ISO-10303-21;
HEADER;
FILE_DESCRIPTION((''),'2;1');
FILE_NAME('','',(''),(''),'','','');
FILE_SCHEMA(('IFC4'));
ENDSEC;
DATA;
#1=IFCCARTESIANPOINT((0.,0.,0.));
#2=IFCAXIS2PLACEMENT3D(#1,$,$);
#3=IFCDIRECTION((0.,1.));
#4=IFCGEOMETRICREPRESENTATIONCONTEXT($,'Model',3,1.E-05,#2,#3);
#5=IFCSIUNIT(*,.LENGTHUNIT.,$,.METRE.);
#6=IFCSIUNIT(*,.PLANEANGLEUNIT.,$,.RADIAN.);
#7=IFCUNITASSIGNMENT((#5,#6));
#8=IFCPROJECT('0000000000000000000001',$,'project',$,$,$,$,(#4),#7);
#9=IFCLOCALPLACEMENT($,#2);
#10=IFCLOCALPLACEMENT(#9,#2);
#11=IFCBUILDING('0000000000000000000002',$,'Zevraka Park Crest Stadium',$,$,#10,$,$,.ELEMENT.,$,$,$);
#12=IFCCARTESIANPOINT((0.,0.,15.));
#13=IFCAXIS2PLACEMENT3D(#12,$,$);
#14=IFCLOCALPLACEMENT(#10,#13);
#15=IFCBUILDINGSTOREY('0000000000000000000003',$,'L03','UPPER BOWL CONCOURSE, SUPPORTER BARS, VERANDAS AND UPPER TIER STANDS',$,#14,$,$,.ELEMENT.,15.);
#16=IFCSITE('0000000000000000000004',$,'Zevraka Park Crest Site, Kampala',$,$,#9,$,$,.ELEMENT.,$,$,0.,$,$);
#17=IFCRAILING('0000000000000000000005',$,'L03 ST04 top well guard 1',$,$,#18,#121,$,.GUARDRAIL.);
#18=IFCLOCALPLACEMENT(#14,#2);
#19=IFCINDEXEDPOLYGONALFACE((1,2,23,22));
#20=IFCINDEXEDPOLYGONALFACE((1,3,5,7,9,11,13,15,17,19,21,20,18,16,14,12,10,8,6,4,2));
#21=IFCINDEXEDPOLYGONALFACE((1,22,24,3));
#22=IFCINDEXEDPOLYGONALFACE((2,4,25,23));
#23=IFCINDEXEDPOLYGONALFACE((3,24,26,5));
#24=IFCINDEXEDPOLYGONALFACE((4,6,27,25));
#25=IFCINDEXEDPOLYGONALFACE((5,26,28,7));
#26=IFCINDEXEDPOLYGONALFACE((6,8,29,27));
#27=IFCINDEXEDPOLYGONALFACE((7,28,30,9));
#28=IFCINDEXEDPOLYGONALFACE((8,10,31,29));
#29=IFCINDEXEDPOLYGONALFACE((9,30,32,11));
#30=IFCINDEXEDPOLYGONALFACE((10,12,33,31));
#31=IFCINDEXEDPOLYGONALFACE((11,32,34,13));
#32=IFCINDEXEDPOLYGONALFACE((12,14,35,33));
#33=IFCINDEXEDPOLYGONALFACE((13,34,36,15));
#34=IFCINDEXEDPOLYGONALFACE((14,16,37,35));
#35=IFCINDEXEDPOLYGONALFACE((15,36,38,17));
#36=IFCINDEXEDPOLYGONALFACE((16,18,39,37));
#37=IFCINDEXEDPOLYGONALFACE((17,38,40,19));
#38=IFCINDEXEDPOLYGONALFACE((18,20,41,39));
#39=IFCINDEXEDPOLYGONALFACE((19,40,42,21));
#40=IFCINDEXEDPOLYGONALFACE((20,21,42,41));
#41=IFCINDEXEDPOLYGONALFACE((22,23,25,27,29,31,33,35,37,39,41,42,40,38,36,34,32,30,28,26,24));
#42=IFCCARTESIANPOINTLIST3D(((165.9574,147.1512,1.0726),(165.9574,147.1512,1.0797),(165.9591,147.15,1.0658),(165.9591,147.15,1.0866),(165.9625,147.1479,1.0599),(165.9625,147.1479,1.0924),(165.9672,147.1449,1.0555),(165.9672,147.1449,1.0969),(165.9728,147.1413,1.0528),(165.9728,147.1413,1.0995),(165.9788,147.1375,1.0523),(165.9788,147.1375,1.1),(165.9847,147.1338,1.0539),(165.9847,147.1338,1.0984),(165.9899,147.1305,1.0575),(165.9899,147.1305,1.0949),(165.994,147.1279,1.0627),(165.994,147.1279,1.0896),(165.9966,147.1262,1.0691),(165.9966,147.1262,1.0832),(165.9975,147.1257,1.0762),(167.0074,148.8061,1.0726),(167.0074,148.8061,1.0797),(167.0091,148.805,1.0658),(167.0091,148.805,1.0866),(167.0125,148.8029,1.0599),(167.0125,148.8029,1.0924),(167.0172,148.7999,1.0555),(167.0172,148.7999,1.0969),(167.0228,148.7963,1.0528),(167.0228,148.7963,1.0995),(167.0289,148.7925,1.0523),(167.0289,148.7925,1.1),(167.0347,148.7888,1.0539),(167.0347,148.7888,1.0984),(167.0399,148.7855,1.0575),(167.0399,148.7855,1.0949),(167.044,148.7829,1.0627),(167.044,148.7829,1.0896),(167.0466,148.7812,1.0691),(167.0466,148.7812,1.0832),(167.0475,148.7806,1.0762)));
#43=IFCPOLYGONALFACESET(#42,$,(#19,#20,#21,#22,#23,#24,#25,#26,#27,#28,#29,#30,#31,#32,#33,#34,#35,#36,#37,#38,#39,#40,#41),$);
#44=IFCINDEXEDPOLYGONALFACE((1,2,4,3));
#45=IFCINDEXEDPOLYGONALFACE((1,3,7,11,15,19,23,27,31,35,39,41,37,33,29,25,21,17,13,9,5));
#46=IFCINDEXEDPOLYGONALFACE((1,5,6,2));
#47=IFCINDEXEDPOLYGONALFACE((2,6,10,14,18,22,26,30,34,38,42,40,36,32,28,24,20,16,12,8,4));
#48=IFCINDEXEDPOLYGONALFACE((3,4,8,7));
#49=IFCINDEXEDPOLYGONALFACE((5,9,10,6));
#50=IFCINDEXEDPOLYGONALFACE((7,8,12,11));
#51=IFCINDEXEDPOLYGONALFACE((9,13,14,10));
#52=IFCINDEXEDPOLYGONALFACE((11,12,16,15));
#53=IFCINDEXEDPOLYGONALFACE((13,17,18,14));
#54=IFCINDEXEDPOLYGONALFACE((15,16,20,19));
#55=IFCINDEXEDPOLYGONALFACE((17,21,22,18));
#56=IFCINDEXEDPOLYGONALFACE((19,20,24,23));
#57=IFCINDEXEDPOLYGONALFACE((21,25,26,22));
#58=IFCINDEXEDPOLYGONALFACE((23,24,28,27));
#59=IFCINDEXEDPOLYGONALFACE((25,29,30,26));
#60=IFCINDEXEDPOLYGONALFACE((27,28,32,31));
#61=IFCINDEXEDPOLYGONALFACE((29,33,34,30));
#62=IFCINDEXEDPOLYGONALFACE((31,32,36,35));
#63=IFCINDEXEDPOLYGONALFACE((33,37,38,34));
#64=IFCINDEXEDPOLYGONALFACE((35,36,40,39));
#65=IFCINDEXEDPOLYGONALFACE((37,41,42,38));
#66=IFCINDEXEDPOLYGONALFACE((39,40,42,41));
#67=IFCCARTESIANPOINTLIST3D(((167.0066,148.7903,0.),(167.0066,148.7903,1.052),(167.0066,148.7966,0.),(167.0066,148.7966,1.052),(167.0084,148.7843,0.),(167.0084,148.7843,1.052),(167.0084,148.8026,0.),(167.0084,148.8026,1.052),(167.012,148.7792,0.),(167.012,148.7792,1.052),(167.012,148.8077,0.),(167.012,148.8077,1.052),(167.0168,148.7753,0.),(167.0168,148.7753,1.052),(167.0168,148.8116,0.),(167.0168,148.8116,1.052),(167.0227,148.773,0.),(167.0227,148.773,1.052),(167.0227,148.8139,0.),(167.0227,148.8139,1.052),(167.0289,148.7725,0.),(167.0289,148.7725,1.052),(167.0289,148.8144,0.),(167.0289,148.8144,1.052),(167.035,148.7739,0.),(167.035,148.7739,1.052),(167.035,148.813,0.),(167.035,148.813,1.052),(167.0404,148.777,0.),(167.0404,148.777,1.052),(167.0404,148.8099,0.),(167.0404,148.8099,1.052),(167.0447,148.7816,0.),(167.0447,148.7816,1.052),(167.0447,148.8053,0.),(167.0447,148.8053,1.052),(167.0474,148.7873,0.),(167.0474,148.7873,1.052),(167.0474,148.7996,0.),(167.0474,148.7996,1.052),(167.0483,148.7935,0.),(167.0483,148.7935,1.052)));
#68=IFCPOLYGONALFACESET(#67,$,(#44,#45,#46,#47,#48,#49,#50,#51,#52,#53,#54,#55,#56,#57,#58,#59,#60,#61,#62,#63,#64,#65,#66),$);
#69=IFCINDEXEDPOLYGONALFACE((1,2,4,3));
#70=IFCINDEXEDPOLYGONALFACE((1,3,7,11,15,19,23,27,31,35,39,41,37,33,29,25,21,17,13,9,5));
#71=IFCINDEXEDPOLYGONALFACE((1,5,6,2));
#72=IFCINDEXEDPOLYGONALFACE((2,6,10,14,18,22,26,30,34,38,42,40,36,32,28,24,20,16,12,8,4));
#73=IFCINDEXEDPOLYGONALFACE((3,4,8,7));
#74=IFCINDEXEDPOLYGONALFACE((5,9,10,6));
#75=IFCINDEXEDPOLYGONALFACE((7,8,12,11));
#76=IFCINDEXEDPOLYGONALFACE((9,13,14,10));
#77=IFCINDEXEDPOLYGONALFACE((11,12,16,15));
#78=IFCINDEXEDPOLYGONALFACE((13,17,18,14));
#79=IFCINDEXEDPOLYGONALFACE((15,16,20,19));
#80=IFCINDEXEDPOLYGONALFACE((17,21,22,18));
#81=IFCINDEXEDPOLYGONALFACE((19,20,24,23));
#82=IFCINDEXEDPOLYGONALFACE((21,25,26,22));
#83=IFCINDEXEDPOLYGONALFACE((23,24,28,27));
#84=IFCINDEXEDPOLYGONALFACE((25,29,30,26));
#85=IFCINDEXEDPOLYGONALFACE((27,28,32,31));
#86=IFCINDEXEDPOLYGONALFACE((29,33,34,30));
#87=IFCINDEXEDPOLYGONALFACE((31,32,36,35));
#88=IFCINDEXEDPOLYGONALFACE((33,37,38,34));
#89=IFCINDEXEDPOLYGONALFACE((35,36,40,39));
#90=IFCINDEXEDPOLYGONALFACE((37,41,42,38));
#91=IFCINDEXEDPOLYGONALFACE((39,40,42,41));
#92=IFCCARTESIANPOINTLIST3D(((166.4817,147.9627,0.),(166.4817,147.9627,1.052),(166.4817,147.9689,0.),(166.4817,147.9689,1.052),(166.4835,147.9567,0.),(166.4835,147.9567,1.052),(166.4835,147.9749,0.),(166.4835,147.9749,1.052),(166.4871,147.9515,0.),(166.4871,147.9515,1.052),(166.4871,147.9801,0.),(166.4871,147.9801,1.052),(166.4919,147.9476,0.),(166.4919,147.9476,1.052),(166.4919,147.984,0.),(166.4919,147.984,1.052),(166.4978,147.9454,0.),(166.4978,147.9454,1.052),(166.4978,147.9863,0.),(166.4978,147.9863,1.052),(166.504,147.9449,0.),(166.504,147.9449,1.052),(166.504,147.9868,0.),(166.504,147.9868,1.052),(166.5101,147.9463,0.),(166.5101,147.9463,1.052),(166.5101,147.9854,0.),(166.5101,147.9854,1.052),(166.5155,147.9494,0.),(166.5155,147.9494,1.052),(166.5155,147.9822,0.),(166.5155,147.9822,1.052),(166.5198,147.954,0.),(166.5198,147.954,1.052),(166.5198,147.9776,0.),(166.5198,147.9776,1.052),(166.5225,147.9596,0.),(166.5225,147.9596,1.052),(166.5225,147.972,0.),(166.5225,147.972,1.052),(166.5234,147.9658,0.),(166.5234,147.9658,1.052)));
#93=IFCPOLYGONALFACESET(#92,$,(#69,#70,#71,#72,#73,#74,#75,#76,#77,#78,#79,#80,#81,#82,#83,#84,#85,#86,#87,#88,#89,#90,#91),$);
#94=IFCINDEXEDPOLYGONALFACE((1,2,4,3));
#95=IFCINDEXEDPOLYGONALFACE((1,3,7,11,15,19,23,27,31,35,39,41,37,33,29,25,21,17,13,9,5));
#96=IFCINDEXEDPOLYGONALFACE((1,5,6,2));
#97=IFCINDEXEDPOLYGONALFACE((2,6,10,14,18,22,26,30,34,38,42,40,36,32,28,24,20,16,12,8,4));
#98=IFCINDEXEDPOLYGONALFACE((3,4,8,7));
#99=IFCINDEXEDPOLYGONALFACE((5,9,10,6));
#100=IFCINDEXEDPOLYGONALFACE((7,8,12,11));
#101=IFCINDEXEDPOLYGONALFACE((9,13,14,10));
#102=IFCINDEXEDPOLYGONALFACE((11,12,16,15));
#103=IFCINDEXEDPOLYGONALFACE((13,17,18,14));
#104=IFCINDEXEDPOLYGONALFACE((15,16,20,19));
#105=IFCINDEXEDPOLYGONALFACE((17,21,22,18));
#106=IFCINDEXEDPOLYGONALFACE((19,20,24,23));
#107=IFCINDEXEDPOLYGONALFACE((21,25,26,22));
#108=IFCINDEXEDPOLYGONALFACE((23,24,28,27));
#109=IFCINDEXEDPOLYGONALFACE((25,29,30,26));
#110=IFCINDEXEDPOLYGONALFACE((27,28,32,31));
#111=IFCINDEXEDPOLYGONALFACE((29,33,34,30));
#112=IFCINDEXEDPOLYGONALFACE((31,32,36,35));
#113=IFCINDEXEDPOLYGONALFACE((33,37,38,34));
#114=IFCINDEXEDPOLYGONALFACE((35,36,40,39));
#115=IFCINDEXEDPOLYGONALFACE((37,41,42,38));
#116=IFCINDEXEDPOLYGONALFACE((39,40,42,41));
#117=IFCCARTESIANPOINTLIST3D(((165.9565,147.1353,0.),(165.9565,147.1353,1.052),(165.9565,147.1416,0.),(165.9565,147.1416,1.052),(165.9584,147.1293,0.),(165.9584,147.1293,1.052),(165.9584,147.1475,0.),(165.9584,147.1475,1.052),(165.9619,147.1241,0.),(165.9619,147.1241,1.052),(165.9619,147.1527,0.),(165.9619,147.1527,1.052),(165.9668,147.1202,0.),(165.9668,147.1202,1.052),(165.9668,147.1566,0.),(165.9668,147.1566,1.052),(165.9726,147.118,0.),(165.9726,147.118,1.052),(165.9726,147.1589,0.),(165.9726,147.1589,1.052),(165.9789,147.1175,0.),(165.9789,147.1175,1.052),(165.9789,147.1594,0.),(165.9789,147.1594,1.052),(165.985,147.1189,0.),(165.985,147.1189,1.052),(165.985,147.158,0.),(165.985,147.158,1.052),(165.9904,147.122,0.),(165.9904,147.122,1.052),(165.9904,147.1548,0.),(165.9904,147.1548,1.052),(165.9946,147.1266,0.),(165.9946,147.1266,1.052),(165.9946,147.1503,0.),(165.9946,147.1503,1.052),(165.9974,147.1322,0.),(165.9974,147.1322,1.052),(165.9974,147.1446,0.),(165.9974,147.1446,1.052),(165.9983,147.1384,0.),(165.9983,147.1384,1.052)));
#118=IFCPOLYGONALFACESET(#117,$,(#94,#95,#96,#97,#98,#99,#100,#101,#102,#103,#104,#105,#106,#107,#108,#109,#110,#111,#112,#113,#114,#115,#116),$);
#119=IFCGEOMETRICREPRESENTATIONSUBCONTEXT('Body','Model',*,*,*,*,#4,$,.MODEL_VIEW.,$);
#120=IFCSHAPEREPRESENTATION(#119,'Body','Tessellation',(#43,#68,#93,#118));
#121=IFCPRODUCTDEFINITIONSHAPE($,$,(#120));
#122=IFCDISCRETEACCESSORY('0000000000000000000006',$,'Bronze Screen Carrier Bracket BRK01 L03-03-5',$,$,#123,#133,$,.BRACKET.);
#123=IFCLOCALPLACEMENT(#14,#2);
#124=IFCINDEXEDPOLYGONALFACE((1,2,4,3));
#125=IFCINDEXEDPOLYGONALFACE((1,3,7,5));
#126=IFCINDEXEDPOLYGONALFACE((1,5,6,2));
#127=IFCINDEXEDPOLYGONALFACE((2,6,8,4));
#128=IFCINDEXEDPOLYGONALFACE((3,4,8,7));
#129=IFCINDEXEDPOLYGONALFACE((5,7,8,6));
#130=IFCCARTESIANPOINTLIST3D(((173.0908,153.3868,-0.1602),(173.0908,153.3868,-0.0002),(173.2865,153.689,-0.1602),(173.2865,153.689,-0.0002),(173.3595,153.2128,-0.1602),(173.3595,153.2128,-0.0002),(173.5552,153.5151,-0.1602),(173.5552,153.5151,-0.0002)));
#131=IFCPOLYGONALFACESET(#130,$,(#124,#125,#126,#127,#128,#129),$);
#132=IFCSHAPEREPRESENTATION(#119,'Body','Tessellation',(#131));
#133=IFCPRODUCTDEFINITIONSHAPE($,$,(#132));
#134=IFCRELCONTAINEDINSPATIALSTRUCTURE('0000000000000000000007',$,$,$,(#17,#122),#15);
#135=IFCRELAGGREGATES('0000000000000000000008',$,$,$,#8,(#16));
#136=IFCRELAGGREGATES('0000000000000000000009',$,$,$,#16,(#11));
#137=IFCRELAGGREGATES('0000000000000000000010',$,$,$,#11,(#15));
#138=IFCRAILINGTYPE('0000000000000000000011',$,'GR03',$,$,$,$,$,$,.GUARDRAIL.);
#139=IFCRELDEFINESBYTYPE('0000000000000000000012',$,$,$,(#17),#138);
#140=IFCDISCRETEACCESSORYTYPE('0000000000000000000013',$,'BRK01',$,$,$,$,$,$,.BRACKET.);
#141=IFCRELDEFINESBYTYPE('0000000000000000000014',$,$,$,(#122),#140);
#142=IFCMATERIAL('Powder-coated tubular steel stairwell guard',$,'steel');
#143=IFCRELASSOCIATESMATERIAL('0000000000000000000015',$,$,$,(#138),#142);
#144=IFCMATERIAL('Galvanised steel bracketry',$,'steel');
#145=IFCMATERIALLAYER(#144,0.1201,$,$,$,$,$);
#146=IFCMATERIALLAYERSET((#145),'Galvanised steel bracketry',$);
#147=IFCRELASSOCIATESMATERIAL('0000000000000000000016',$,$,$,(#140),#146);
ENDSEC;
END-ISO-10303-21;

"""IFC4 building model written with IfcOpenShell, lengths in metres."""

from ifc_helpers import new_model, si_unit, direction, frame, origin, origin_2d, place, context, subcontext, project, spatial, rectangle, circle, extrude, material, layer, layer_set, type_object, element, save


model = new_model("IFC4")

# Units and contexts
model_context = context("Model", 3, precision=1e-05, world=origin(), true_north=direction((0.0, 1.0)))
body_context = subcontext(model_context, "Body", "Model", "MODEL_VIEW")
ifc_project = project(units=[si_unit("LENGTHUNIT", "METRE"), si_unit("PLANEANGLEUNIT", "RADIAN")], contexts=[model_context])

# Site, building, storey
site_placement = place(None, origin())
site = spatial("IfcSite", under=ifc_project, at=site_placement, Name="Zevraka Park Crest Site, Kampala", CompositionType="ELEMENT", RefElevation=0.0)
building_placement = place(site_placement, origin())
building = spatial("IfcBuilding", under=site, at=building_placement, Name="Zevraka Park Crest Stadium", CompositionType="ELEMENT")
storey_placement = place(building_placement, frame((0.0, 0.0, 15.0)))
storey = spatial("IfcBuildingStorey", under=building, at=storey_placement, Name="L03", Description="UPPER BOWL CONCOURSE, SUPPORTER BARS, VERANDAS AND UPPER TIER STANDS", CompositionType="ELEMENT", Elevation=15.0)

# Railing
ifc_material_1 = material(Name="Powder-coated tubular steel stairwell guard", Category="steel")
railing_type_1 = type_object("IfcRailingType", Name="GR03", PredefinedType="GUARDRAIL", material=ifc_material_1)
railing_1_placement = place(storey_placement, frame((167.0273, 148.7935, 0.0)))
element("IfcRailing", 1, at=railing_1_placement, inside=storey, type_object=railing_type_1, Name="L03 ST04 top well guard 1", PredefinedType="GUARDRAIL", context=body_context, shape_type="SweptSolid", body=[
    extrude(circle(Radius=0.0239, at=origin_2d()), frame((0.0, 0.0, 1.0762), z_axis=(-0.535731, -0.844389, 0.0), x_axis=(0.844389, -0.535731, 0.0)), (0.0, 0.0, 1.0), 1.96),
    extrude(circle(Radius=0.021, at=origin_2d()), origin(), (0.0, 0.0, 1.0), 1.052),
    extrude(circle(Radius=0.021, at=origin_2d()), frame((-0.5249, -0.8276, 0.0)), (0.0, 0.0, 1.0), 1.052),
    extrude(circle(Radius=0.021, at=origin_2d()), frame((-1.05, -1.655, 0.0)), (0.0, 0.0, 1.0), 1.052),
])

# Discrete accessory
ifc_material_2 = material(Name="Galvanised steel bracketry", Category="steel")
ifc_layer_1 = layer(ifc_material_2, 0.1201)
ifc_layer_set_1 = layer_set([ifc_layer_1], Name="Galvanised steel bracketry")
discrete_accessory_type = type_object("IfcDiscreteAccessoryType", Name="BRK01", PredefinedType="BRACKET", material=ifc_layer_set_1)
discrete_accessory_placement = place(storey_placement, frame((173.323, 153.4509, -0.1602), z_axis=(0.0, 0.0, 1.0), x_axis=(-0.83943, 0.543467, 0.0)))
element("IfcDiscreteAccessory", 2, at=discrete_accessory_placement, inside=storey, type_object=discrete_accessory_type, Name="Bronze Screen Carrier Bracket BRK01 L03-03-5", PredefinedType="BRACKET", context=body_context, shape_type="SweptSolid", body=[
    extrude(rectangle(XDim=0.3201, YDim=0.3601, at=origin_2d()), origin(), (0.0, 0.0, 1.0), 0.1599),
])

save(model, "model.ifc")
